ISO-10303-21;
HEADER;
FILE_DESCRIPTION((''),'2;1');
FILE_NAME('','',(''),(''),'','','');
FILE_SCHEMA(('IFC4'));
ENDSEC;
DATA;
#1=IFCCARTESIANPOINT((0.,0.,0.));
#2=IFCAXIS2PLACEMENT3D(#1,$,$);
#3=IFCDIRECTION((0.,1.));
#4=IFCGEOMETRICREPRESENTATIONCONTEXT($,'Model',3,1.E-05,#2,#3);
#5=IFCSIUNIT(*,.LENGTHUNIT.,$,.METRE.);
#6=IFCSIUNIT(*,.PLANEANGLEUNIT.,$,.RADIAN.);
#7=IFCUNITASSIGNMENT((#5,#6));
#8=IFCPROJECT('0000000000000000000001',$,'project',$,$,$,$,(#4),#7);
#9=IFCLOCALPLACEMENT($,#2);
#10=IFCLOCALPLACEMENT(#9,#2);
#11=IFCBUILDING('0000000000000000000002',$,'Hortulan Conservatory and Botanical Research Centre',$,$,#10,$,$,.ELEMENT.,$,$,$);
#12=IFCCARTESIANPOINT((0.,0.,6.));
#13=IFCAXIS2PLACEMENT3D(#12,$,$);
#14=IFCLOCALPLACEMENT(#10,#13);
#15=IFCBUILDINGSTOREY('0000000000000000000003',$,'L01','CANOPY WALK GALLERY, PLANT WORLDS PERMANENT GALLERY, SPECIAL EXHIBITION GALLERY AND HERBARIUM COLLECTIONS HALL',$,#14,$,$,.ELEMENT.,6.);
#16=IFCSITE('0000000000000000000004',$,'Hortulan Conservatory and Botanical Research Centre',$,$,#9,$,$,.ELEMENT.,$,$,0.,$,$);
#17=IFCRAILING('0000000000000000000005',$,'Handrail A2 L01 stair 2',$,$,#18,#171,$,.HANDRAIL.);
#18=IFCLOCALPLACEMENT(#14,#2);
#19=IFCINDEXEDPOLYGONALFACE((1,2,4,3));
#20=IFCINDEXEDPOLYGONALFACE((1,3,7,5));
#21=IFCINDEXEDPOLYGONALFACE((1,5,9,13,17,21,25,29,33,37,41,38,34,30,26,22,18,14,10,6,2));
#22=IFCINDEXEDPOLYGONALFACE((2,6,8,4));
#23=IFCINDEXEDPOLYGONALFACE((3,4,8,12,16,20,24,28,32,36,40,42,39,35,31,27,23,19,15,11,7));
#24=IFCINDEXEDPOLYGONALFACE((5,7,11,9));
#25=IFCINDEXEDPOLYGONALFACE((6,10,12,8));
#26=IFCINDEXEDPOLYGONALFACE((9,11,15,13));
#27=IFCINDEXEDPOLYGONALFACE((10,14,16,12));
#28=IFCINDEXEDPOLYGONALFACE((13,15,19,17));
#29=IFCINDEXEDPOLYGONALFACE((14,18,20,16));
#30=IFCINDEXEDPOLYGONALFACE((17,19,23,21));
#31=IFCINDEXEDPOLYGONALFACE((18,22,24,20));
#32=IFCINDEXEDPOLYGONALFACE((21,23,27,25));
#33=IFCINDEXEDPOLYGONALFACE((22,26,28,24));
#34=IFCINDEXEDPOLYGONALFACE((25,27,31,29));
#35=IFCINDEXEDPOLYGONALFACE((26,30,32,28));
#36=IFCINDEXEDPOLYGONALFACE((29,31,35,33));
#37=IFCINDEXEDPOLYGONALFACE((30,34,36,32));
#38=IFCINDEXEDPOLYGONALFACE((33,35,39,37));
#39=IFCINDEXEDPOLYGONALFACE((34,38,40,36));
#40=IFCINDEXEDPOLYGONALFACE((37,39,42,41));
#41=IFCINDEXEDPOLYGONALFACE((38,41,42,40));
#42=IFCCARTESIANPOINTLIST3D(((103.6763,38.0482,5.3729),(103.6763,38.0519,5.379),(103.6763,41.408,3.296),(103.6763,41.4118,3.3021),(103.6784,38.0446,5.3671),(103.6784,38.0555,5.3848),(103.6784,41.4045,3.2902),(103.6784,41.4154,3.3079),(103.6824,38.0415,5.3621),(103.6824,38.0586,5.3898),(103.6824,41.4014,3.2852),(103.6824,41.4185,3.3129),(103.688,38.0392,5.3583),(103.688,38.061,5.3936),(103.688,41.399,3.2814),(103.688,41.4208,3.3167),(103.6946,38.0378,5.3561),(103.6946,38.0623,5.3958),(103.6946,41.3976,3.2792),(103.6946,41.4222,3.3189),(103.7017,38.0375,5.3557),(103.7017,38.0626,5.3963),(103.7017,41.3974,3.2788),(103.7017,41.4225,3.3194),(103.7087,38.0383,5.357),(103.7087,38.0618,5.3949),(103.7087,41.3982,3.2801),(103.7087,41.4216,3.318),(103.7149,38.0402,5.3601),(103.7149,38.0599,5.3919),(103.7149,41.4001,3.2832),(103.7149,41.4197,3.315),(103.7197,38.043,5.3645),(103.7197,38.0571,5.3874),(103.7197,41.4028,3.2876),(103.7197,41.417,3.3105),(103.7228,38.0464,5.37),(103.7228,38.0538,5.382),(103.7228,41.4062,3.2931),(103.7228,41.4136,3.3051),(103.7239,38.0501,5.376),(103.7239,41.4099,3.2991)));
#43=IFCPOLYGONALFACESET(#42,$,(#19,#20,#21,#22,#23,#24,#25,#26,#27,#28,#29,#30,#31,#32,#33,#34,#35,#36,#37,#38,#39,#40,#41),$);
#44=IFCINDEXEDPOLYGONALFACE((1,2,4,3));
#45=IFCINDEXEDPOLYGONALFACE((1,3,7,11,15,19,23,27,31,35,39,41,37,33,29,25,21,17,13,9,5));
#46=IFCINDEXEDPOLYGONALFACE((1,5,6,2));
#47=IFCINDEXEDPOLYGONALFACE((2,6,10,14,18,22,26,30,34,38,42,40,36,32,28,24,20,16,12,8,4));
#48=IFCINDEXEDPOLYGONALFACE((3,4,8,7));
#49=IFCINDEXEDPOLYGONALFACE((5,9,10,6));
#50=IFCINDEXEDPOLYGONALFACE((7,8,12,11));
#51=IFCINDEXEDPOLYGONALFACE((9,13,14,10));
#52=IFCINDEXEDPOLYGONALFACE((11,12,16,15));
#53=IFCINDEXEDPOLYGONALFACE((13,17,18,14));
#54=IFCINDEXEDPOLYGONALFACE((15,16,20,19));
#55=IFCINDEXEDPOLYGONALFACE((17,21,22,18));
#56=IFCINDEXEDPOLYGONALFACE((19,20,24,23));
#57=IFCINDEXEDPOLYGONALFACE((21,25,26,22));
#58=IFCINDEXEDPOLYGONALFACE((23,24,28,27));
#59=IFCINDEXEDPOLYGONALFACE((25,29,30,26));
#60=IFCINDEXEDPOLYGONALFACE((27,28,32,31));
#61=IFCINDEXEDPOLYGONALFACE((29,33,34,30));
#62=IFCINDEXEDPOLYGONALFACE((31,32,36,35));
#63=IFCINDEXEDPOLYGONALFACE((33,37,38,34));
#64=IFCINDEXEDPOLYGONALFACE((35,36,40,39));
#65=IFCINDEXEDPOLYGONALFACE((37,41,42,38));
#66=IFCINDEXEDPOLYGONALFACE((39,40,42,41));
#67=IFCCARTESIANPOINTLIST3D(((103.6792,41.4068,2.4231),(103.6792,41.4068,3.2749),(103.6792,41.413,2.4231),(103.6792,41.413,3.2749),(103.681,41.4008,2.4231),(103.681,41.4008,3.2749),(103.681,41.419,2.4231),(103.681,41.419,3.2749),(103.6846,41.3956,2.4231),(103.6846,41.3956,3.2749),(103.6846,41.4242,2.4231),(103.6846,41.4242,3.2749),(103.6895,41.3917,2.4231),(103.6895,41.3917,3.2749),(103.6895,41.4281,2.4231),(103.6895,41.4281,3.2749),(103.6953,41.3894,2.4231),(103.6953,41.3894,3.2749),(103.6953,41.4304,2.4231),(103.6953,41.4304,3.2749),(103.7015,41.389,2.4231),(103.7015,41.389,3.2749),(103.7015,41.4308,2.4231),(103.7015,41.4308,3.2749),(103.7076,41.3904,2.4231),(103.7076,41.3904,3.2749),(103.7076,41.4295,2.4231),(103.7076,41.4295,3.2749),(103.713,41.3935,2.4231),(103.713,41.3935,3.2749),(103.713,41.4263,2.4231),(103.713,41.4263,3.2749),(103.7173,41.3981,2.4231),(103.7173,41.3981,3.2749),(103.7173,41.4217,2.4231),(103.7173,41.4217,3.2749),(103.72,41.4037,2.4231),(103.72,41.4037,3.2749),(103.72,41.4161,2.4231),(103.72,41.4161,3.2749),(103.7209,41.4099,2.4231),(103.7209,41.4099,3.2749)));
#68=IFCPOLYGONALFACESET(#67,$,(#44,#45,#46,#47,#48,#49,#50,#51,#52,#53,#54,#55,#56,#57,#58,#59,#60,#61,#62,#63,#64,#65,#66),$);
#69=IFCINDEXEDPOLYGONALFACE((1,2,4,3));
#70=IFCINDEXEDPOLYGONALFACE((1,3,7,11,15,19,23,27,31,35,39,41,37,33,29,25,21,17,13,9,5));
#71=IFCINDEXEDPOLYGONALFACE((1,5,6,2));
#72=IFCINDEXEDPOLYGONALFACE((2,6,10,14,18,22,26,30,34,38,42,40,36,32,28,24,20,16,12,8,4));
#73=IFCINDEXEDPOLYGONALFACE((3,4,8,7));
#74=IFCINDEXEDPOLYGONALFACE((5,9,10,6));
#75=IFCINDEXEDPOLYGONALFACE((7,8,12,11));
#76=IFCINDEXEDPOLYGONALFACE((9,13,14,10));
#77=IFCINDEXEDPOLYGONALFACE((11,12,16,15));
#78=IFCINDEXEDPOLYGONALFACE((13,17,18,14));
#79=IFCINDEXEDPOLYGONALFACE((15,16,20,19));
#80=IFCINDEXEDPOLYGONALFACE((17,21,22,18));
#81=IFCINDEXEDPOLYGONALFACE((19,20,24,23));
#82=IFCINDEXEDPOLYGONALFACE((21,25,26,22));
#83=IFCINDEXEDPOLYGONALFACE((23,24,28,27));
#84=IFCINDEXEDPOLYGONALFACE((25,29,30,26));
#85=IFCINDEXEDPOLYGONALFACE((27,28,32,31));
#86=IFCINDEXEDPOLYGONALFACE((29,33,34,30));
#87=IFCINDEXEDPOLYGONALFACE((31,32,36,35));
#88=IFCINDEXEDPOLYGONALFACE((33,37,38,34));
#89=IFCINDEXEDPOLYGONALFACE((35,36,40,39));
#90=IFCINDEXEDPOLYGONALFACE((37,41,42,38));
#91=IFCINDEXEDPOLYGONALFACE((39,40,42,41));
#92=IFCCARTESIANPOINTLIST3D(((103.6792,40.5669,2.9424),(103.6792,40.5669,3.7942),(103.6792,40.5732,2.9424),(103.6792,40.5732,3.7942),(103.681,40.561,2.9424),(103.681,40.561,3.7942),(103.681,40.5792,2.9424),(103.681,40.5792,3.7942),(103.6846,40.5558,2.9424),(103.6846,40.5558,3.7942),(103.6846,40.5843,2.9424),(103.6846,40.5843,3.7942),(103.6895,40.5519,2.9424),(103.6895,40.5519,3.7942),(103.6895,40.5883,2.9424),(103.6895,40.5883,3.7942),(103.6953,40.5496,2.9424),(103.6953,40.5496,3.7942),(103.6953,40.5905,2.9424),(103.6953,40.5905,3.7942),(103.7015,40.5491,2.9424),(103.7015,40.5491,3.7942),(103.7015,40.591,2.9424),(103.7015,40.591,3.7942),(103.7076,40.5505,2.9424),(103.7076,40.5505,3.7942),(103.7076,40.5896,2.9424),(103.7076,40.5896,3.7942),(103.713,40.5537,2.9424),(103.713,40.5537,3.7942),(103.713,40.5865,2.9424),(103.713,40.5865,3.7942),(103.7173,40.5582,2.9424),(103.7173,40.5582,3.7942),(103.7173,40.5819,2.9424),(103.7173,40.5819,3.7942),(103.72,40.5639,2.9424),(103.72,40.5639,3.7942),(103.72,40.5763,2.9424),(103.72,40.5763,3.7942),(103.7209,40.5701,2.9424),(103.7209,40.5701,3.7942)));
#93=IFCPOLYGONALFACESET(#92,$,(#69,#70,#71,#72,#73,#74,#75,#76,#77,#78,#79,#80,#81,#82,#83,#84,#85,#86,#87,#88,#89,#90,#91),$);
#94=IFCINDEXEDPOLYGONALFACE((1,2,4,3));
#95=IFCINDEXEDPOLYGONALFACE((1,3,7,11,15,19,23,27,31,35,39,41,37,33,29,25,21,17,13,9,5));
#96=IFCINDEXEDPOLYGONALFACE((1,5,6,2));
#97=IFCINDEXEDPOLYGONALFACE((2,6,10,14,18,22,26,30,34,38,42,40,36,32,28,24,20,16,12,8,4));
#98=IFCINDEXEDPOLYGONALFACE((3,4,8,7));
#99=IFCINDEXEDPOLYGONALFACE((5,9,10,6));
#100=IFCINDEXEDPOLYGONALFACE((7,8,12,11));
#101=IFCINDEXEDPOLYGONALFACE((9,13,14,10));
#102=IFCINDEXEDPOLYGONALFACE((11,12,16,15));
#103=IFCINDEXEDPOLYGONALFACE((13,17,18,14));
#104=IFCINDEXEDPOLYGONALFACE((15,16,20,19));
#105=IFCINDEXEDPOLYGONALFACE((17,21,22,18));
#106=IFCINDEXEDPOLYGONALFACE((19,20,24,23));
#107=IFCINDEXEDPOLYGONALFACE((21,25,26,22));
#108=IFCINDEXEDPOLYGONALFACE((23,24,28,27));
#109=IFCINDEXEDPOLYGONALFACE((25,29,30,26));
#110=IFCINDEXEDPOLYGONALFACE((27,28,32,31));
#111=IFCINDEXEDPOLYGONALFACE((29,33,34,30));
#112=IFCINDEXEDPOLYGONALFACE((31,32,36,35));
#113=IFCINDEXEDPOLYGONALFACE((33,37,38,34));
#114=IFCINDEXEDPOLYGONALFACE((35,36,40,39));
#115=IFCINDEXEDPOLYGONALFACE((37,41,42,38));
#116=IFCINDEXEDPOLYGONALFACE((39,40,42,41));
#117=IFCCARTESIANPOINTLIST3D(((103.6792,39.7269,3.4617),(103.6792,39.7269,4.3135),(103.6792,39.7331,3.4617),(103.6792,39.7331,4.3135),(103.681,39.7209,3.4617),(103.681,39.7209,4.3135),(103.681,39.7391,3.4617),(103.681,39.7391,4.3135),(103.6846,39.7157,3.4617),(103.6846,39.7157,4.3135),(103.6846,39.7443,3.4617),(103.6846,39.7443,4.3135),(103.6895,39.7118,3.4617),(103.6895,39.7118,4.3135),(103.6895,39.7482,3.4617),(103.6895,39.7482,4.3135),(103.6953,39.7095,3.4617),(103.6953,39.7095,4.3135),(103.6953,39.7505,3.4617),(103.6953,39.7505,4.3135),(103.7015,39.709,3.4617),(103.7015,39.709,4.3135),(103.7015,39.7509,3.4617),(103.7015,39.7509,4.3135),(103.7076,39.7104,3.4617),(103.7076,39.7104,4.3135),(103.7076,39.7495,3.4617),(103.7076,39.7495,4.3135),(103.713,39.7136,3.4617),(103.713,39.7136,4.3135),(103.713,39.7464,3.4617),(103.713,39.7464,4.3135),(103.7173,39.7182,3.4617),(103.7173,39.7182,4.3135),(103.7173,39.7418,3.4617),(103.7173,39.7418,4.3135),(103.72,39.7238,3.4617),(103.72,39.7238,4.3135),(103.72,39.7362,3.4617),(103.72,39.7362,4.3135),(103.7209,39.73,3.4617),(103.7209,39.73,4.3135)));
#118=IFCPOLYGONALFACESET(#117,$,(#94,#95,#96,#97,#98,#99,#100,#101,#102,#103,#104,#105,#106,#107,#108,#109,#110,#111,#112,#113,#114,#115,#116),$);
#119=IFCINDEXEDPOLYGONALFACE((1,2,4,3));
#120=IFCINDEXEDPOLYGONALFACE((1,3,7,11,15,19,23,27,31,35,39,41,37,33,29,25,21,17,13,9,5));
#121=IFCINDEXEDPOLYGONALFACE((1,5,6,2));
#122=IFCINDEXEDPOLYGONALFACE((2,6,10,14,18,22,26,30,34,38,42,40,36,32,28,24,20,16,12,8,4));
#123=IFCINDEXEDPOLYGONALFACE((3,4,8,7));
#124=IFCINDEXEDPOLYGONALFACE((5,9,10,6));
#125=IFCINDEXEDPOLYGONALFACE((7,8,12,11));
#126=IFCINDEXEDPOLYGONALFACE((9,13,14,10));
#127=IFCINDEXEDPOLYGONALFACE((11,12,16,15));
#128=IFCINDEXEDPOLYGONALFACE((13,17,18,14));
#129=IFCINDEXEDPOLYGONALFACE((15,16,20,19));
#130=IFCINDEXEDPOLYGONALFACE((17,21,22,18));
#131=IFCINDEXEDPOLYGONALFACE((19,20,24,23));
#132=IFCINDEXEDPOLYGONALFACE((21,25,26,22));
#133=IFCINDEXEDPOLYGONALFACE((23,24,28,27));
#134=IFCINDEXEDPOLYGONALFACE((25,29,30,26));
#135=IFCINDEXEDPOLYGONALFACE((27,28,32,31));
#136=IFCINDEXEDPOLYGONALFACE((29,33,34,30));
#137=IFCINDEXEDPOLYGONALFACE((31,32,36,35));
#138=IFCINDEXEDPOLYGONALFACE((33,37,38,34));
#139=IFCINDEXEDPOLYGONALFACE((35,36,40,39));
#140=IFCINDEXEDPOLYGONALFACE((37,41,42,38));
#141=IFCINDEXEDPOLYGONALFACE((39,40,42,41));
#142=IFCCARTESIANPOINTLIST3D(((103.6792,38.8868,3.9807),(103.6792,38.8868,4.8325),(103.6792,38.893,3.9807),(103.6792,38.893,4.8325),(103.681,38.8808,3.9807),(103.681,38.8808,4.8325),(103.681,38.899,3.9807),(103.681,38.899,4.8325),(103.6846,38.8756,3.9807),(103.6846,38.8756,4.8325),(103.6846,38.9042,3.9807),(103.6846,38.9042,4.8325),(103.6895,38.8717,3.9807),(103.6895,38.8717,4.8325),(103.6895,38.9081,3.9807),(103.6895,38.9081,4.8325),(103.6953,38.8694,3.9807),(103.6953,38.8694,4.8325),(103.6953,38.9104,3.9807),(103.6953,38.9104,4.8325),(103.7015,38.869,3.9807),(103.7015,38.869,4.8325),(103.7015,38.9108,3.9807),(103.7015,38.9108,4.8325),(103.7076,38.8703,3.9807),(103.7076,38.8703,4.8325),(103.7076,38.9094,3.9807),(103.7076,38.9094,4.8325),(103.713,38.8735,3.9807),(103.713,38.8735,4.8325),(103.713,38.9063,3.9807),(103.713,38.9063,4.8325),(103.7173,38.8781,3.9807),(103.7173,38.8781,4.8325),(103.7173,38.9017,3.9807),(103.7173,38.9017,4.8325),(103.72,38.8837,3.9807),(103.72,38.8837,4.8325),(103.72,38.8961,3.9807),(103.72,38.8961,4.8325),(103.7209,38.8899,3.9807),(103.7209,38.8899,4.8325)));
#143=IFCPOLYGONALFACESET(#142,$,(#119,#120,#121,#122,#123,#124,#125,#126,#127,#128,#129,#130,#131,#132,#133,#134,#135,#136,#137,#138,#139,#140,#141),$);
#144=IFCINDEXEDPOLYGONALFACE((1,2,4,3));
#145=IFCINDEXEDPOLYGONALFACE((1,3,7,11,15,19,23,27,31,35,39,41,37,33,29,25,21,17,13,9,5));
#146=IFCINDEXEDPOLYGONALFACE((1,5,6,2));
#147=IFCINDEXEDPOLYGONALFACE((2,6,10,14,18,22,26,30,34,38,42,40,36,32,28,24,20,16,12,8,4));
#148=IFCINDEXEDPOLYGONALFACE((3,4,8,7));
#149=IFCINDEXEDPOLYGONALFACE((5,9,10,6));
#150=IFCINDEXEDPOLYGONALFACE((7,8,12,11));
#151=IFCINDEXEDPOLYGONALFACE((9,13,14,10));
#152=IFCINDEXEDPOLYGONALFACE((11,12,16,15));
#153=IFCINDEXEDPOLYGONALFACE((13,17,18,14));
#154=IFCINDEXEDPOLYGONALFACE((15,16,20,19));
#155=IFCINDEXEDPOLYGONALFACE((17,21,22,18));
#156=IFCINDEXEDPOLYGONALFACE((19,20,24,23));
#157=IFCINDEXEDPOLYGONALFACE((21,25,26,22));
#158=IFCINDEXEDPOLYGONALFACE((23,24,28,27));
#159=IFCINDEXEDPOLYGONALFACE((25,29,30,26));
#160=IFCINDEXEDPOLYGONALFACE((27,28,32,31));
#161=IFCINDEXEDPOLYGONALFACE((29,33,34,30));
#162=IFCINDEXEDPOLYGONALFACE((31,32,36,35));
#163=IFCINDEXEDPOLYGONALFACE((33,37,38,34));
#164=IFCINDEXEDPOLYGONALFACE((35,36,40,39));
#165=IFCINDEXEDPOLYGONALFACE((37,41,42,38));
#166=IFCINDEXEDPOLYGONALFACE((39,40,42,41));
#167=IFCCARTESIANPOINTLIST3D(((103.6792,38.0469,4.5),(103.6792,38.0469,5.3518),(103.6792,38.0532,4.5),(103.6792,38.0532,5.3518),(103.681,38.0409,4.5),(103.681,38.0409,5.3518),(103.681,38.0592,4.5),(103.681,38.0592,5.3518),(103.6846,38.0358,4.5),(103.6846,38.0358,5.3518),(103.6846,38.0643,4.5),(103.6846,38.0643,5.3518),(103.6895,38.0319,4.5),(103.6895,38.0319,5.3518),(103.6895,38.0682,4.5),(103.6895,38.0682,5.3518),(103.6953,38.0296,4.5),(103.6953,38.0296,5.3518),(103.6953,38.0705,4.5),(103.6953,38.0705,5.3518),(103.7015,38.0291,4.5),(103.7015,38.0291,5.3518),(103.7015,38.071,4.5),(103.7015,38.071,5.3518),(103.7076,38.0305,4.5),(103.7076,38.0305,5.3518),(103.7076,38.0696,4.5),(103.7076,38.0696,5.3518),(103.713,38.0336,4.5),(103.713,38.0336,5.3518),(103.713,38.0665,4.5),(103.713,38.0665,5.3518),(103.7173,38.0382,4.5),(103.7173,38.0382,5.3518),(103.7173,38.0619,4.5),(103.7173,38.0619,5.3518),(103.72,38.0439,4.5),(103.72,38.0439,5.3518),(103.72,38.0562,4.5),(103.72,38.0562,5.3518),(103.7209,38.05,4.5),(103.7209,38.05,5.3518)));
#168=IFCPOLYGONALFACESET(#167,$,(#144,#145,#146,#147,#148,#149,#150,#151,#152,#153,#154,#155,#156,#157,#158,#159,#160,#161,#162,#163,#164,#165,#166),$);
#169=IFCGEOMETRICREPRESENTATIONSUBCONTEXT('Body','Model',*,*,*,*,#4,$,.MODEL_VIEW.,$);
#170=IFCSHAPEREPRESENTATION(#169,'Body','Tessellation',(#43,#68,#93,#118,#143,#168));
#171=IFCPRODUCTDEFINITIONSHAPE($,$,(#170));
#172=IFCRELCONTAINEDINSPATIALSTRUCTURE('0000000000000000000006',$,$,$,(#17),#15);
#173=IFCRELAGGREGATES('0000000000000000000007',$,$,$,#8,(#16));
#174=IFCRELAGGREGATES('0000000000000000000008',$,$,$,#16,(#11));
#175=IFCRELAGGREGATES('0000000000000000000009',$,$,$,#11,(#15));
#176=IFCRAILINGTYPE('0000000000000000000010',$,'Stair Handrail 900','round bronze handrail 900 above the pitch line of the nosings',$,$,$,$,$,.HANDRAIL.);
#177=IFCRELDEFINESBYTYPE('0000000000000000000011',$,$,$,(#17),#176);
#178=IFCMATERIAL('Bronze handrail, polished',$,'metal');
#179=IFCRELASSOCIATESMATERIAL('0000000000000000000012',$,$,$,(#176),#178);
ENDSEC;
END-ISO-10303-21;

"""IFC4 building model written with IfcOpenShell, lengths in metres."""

from ifc_helpers import new_model, si_unit, direction, frame, origin, origin_2d, place, context, subcontext, project, spatial, circle, extrude, material, type_object, element, save


model = new_model("IFC4")

# Units and contexts
model_context = context("Model", 3, precision=1e-05, world=origin(), true_north=direction((0.0, 1.0)))
body_context = subcontext(model_context, "Body", "Model", "MODEL_VIEW")
ifc_project = project(units=[si_unit("LENGTHUNIT", "METRE"), si_unit("PLANEANGLEUNIT", "RADIAN")], contexts=[model_context])

# Site, building, storey
site_placement = place(None, origin())
site = spatial("IfcSite", under=ifc_project, at=site_placement, Name="Hortulan Conservatory and Botanical Research Centre", CompositionType="ELEMENT", RefElevation=0.0)
building_placement = place(site_placement, origin())
building = spatial("IfcBuilding", under=site, at=building_placement, Name="Hortulan Conservatory and Botanical Research Centre", CompositionType="ELEMENT")
storey_placement = place(building_placement, frame((0.0, 0.0, 6.0)))
storey = spatial("IfcBuildingStorey", under=building, at=storey_placement, Name="L01", Description="CANOPY WALK GALLERY, PLANT WORLDS PERMANENT GALLERY, SPECIAL EXHIBITION GALLERY AND HERBARIUM COLLECTIONS HALL", CompositionType="ELEMENT", Elevation=6.0)

# Railing
ifc_material_1 = material(Name="Bronze handrail, polished", Category="metal")
railing_type_1 = type_object("IfcRailingType", Name="Stair Handrail 900", Description="round bronze handrail 900 above the pitch line of the nosings", PredefinedType="HANDRAIL", material=ifc_material_1)
railing_1_placement = place(storey_placement, frame((103.7, 41.4099, 2.4231)))
element("IfcRailing", 1, at=railing_1_placement, inside=storey, type_object=railing_type_1, Name="Handrail A2 L01 stair 2", PredefinedType="HANDRAIL", context=body_context, shape_type="SweptSolid", body=[
    extrude(circle(Radius=0.0239, at=origin_2d()), frame((0.0, 0.0, 0.876), z_axis=(0.0, -0.850606, 0.525803), x_axis=(1.0, 0.0, 0.0)), (0.0, 0.0, 1.0), 3.95),
    extrude(circle(Radius=0.021, at=origin_2d()), origin(), (0.0, 0.0, 1.0), 0.8518),
    extrude(circle(Radius=0.021, at=origin_2d()), frame((0.0, -0.8398, 0.5193)), (0.0, 0.0, 1.0), 0.8518),
    extrude(circle(Radius=0.021, at=origin_2d()), frame((0.0, -1.6799, 1.0386)), (0.0, 0.0, 1.0), 0.8518),
    extrude(circle(Radius=0.021, at=origin_2d()), frame((0.0, -2.52, 1.5576)), (0.0, 0.0, 1.0), 0.8518),
    extrude(circle(Radius=0.021, at=origin_2d()), frame((0.0, -3.3599, 2.0769)), (0.0, 0.0, 1.0), 0.8518),
])

save(model, "model.ifc")
